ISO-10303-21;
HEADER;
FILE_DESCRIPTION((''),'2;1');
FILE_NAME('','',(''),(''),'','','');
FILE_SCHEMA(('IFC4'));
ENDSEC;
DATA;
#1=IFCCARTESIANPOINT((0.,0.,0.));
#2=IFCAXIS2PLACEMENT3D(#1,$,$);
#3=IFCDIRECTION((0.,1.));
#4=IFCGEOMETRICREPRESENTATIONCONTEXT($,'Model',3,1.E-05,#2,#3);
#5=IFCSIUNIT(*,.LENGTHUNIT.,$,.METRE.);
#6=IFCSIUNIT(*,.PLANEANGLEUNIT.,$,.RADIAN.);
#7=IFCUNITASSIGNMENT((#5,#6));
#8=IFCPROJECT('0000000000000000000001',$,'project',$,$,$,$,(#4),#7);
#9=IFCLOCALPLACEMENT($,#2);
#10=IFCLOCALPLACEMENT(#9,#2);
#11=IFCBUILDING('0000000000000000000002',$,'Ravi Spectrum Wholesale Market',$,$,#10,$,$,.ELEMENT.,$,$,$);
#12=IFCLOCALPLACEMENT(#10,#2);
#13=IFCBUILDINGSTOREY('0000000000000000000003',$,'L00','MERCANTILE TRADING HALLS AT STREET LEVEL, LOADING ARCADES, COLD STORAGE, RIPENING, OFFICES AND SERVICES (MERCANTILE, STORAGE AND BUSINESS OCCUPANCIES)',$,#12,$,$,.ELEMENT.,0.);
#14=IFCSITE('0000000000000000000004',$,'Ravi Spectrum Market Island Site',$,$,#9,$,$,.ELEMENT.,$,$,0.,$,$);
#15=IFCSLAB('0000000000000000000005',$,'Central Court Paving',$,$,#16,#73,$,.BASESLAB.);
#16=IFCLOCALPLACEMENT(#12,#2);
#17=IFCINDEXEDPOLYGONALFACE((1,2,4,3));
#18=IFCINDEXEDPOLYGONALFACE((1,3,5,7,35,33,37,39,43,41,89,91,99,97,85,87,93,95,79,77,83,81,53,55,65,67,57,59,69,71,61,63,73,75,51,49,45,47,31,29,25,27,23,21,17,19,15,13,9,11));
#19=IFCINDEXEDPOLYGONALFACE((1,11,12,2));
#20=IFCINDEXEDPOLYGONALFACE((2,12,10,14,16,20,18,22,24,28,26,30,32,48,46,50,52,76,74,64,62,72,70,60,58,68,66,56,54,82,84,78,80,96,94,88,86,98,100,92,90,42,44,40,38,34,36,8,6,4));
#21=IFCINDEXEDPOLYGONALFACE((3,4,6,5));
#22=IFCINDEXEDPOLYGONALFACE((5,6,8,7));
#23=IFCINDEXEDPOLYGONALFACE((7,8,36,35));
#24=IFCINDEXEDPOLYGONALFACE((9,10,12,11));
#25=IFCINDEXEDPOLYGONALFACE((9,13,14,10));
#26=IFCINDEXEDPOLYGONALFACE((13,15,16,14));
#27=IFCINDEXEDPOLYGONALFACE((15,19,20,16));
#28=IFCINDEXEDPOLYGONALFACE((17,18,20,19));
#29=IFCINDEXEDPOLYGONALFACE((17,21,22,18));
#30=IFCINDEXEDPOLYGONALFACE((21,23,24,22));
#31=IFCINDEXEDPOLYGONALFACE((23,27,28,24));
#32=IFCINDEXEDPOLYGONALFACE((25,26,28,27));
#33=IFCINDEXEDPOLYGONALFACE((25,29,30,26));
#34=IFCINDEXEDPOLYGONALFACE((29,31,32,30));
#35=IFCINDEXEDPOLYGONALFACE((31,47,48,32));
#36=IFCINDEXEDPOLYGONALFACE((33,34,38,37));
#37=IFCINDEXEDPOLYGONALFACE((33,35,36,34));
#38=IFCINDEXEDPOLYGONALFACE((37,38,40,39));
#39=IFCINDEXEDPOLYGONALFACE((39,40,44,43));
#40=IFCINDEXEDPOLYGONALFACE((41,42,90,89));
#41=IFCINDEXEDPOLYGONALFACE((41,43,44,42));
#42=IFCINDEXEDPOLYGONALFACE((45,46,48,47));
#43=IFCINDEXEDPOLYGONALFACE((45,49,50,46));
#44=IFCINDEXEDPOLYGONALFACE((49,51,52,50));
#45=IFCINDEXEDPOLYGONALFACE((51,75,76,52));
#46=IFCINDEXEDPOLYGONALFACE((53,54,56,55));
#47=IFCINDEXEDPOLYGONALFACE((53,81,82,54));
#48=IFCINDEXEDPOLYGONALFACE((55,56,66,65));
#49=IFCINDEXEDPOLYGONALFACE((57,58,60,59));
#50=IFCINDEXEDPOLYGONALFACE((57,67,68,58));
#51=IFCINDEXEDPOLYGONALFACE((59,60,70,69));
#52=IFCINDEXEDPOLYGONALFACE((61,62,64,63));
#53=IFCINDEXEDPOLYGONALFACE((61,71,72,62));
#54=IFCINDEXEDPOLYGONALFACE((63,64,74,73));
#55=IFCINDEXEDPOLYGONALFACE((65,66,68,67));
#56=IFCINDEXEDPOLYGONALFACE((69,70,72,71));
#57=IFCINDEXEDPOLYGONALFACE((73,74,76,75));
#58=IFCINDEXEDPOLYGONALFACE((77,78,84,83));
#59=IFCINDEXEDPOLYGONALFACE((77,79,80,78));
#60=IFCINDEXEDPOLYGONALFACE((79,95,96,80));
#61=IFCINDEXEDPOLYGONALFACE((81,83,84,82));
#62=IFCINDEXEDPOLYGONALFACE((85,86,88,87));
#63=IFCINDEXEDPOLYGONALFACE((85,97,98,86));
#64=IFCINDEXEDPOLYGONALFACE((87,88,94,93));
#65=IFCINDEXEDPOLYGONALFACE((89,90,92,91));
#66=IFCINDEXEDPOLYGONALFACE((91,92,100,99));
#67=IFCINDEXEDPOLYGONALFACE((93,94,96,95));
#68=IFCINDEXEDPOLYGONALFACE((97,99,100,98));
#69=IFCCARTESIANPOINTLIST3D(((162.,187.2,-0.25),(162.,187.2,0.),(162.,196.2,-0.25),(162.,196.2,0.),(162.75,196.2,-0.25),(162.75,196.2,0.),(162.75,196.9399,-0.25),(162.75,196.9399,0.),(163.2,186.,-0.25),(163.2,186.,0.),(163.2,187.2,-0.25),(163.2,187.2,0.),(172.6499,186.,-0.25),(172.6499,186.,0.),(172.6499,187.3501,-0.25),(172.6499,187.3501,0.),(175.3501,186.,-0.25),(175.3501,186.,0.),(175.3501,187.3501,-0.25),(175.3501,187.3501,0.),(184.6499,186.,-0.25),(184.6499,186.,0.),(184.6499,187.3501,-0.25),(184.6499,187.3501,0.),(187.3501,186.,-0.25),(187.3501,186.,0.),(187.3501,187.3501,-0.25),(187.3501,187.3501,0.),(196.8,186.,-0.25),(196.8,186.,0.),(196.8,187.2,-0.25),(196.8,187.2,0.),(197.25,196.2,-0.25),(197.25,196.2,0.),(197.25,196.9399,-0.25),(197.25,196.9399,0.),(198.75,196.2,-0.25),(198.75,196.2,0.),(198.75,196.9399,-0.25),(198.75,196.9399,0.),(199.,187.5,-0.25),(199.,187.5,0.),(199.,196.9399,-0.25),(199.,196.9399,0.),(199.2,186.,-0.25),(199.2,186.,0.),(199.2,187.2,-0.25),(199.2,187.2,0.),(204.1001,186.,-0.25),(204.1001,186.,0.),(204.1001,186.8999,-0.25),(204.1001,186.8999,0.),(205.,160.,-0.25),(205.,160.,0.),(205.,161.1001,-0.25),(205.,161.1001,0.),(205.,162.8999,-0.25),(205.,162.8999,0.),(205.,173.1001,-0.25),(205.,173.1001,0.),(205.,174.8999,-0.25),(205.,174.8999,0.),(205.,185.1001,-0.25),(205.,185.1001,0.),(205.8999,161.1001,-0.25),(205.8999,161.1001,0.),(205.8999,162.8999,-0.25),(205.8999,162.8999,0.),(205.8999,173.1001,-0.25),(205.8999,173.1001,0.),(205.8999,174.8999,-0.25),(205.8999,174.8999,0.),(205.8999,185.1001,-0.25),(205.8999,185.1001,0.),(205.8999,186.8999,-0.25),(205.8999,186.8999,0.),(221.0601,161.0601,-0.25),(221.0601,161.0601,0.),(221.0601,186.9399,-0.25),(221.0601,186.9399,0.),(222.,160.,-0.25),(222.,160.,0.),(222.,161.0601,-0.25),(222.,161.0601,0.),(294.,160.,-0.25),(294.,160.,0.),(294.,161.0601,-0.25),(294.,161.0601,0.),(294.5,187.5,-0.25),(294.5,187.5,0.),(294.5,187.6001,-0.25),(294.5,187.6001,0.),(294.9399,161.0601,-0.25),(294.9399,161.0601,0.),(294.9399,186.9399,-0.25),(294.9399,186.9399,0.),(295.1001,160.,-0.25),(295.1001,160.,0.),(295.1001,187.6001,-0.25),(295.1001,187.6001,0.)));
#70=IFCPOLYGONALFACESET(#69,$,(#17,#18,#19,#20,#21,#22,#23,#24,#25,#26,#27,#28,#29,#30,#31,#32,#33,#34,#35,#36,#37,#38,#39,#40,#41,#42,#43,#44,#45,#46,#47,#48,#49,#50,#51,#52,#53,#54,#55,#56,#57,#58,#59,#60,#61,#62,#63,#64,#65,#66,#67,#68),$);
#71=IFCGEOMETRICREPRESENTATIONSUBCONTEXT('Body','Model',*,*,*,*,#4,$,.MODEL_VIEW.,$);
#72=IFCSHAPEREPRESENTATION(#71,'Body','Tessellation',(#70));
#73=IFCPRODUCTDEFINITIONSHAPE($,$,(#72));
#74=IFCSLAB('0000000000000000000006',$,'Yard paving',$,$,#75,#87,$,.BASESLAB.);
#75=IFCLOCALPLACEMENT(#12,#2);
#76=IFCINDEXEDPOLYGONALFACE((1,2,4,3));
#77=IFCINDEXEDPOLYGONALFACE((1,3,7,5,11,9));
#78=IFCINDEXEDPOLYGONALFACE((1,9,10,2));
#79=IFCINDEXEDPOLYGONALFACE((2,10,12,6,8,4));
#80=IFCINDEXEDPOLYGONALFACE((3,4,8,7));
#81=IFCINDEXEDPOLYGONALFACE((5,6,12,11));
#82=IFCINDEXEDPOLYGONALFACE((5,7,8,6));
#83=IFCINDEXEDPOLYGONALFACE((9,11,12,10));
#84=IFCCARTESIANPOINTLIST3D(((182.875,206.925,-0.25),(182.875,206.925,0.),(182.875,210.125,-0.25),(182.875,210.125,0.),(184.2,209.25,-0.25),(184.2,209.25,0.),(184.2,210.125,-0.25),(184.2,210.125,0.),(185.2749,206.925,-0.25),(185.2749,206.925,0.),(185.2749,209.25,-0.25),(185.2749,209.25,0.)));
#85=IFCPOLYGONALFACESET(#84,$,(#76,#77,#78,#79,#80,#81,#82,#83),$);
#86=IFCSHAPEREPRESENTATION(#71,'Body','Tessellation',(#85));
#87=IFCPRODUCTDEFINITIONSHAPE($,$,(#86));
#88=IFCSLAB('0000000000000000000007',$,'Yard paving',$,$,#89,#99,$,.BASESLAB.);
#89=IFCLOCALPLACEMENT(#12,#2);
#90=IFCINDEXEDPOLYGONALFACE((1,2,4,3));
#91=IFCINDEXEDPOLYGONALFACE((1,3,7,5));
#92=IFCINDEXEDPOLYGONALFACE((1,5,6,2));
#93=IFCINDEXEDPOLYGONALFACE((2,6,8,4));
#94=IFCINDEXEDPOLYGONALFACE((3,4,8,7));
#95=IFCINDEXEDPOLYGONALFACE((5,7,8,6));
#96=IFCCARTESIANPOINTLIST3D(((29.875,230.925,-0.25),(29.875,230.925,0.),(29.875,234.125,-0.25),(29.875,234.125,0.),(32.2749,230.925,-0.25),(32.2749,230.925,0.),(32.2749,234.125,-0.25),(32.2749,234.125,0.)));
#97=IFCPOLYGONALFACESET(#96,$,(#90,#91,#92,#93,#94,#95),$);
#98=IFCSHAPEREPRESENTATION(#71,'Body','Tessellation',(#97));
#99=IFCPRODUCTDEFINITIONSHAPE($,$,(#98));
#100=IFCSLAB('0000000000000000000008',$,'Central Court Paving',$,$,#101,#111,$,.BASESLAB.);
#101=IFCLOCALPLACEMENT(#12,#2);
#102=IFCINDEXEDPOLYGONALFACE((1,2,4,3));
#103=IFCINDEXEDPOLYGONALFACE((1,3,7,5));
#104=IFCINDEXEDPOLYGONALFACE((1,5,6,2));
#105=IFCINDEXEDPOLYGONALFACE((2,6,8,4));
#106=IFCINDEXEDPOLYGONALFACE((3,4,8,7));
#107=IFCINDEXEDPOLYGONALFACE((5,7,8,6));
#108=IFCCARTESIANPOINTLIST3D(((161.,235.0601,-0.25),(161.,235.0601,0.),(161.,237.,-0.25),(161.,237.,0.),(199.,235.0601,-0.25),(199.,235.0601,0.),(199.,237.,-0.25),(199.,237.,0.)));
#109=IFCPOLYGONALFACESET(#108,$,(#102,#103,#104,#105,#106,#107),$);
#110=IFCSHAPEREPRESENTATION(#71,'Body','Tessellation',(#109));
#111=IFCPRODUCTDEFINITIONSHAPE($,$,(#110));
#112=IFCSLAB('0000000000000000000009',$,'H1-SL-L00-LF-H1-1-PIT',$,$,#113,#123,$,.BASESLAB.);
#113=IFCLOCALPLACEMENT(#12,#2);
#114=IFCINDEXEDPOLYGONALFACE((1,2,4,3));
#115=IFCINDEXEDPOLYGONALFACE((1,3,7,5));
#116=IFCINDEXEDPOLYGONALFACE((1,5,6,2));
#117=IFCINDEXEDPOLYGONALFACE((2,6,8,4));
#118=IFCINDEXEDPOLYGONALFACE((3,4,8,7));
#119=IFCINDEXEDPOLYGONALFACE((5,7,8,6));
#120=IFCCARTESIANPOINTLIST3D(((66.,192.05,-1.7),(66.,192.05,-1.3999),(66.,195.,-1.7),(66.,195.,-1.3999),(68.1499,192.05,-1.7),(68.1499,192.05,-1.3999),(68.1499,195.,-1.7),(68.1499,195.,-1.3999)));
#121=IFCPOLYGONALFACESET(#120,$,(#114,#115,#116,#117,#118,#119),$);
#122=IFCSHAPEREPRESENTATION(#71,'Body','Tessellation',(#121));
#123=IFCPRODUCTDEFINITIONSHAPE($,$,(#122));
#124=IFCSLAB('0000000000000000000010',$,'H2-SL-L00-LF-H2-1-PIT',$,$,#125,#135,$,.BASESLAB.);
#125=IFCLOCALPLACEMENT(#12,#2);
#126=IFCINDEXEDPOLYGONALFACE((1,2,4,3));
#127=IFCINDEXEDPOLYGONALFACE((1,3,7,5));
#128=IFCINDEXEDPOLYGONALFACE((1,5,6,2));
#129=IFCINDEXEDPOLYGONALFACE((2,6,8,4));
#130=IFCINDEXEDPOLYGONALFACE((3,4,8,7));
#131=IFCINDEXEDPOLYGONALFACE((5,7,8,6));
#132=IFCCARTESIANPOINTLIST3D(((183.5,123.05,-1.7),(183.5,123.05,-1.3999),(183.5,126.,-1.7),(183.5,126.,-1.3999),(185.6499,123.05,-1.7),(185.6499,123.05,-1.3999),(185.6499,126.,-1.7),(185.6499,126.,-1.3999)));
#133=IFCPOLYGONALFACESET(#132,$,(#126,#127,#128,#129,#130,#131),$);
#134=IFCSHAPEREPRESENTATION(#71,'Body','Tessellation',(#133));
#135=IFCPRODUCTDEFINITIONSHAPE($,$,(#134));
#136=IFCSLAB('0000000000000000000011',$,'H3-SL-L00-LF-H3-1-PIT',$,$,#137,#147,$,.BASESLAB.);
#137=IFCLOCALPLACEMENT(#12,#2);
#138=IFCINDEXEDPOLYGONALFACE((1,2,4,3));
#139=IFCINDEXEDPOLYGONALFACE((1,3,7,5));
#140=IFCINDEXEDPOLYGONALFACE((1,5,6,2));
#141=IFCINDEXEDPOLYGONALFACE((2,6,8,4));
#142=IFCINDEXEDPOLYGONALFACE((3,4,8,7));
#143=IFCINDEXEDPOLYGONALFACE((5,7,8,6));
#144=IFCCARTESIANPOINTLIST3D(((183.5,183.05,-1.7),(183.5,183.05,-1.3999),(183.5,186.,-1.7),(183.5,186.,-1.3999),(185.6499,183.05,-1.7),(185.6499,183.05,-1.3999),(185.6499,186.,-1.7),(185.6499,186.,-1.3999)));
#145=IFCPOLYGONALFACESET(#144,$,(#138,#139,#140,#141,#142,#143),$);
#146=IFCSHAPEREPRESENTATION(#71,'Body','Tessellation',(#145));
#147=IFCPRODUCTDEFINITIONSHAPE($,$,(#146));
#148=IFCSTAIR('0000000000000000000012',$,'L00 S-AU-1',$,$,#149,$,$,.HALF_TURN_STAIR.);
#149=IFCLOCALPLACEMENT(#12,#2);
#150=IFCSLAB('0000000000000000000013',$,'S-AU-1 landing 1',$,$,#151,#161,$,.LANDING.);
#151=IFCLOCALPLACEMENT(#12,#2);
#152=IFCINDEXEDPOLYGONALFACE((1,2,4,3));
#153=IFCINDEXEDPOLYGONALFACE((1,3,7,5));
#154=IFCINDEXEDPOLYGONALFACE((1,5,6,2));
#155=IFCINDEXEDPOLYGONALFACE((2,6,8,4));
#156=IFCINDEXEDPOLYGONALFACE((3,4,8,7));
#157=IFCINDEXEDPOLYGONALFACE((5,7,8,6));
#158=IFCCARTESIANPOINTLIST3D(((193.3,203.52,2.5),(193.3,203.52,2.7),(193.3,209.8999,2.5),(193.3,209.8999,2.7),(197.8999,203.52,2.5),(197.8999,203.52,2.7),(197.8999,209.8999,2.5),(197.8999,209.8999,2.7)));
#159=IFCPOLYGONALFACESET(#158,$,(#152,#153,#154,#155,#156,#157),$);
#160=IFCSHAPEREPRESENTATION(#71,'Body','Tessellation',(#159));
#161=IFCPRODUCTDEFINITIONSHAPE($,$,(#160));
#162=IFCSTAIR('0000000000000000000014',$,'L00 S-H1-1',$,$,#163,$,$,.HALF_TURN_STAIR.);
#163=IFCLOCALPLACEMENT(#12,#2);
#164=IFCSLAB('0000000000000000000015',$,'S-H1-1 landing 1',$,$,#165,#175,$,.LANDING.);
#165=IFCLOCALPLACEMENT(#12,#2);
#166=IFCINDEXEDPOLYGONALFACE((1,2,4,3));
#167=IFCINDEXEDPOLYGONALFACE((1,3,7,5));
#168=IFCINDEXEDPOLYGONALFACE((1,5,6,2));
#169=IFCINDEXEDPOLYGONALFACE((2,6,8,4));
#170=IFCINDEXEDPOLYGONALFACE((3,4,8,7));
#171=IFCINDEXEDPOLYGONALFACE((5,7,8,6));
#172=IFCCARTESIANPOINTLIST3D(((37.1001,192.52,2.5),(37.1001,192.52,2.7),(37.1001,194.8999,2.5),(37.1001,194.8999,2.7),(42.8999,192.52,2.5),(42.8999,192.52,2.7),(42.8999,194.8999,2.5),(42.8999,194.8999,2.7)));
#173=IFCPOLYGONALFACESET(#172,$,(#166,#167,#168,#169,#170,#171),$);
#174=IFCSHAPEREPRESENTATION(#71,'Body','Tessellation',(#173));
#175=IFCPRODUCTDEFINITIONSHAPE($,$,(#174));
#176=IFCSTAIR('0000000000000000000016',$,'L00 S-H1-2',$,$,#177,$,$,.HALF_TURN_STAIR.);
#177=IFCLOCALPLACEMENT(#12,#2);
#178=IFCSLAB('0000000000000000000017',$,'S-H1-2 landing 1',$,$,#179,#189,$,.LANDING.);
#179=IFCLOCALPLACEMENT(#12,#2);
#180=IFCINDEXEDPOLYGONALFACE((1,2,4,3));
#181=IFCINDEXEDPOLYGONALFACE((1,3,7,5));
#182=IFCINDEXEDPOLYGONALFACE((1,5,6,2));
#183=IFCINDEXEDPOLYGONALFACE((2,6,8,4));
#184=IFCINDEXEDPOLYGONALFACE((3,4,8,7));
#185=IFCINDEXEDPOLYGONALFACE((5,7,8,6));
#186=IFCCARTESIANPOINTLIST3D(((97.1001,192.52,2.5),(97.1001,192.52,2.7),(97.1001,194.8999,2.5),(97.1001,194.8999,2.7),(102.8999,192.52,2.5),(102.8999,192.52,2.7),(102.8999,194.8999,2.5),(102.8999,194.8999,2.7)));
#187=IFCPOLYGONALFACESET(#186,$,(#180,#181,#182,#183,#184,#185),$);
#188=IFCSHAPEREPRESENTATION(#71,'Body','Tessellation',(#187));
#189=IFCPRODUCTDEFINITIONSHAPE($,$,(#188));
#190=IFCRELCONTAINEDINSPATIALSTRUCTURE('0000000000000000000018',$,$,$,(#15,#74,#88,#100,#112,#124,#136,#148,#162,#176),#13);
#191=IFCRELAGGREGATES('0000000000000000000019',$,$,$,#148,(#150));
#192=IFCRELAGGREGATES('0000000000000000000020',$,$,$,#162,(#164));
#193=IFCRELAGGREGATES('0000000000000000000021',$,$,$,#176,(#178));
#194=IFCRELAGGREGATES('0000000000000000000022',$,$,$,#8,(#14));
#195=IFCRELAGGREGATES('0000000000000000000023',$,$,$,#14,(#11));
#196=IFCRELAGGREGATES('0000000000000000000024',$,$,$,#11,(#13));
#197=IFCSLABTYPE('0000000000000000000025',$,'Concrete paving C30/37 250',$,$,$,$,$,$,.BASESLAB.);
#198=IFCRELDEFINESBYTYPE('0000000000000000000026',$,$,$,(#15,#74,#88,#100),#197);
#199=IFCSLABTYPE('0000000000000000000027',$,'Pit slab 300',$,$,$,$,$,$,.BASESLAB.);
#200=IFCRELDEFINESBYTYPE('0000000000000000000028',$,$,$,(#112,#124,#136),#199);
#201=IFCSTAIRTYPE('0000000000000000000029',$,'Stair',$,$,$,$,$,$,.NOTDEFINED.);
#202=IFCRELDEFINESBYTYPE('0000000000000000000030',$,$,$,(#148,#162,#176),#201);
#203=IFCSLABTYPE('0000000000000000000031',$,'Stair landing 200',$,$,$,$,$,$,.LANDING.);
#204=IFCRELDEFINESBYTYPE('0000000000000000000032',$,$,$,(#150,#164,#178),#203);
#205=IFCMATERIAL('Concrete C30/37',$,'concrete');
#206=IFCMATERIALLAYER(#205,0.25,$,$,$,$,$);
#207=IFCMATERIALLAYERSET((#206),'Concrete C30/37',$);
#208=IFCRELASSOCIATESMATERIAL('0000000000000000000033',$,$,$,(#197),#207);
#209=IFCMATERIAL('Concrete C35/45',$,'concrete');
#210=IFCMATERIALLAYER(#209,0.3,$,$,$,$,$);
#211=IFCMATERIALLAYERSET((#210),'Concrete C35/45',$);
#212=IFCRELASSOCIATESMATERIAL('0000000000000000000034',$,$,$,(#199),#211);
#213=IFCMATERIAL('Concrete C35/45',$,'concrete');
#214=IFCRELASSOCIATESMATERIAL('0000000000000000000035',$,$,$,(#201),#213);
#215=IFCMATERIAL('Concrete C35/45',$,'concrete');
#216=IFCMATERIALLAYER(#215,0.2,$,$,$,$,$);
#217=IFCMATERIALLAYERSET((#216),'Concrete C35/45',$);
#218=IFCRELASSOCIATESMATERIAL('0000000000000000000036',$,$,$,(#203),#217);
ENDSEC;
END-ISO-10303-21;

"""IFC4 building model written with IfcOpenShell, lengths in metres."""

from ifc_helpers import new_model, si_unit, direction, frame, origin, place, context, subcontext, project, spatial, polyline, outline, extrude, material, layer, layer_set, type_object, element, aggregate, save


model = new_model("IFC4")

# Units and contexts
model_context = context("Model", 3, precision=1e-05, world=origin(), true_north=direction((0.0, 1.0)))
body_context = subcontext(model_context, "Body", "Model", "MODEL_VIEW")
ifc_project = project(units=[si_unit("LENGTHUNIT", "METRE"), si_unit("PLANEANGLEUNIT", "RADIAN")], contexts=[model_context])

# Site, building, storey
site_placement = place(None, origin())
site = spatial("IfcSite", under=ifc_project, at=site_placement, Name="Ravi Spectrum Market Island Site", CompositionType="ELEMENT", RefElevation=0.0)
building_placement = place(site_placement, origin())
building = spatial("IfcBuilding", under=site, at=building_placement, Name="Ravi Spectrum Wholesale Market", CompositionType="ELEMENT")
storey_placement = place(building_placement, origin())
storey = spatial("IfcBuildingStorey", under=building, at=storey_placement, Name="L00", Description="MERCANTILE TRADING HALLS AT STREET LEVEL, LOADING ARCADES, COLD STORAGE, RIPENING, OFFICES AND SERVICES (MERCANTILE, STORAGE AND BUSINESS OCCUPANCIES)", CompositionType="ELEMENT", Elevation=0.0)

# Slabs
ifc_material_1 = material(Name="Concrete C30/37", Category="concrete")
ifc_layer_1 = layer(ifc_material_1, 0.25)
ifc_layer_set_1 = layer_set([ifc_layer_1], Name="Concrete C30/37")
slab_type_1 = type_object("IfcSlabType", Name="Concrete paving C30/37 250", PredefinedType="BASESLAB", material=ifc_layer_set_1)
slab_1_placement = place(storey_placement, frame((0.0, 0.0, -0.25)))
element("IfcSlab", 1, at=slab_1_placement, inside=storey, type_object=slab_type_1, Name="Central Court Paving", PredefinedType="BASESLAB", context=body_context, shape_type="SweptSolid", body=[
    extrude(outline(polyline([(205.8999, 162.8999), (205.8999, 161.1001), (205.0, 161.1001), (205.0, 160.0), (222.0, 160.0), (222.0, 161.0601), (221.0601, 161.0601), (221.0601, 186.9399), (294.9399, 186.9399), (294.9399, 161.0601), (294.0, 161.0601), (294.0, 160.0), (295.1001, 160.0), (295.1001, 187.6001), (294.5, 187.6001), (294.5, 187.5), (199.0, 187.5), (199.0, 196.9399), (198.75, 196.9399), (198.75, 196.2), (197.25, 196.2), (197.25, 196.9399), (162.75, 196.9399), (162.75, 196.2), (162.0, 196.2), (162.0, 187.2), (163.2, 187.2), (163.2, 186.0), (172.6499, 186.0), (172.6499, 187.3501), (175.3501, 187.3501), (175.3501, 186.0), (184.6499, 186.0), (184.6499, 187.3501), (187.3501, 187.3501), (187.3501, 186.0), (196.8, 186.0), (196.8, 187.2), (199.2, 187.2), (199.2, 186.0), (204.1001, 186.0), (204.1001, 186.8999), (205.8999, 186.8999), (205.8999, 185.1001), (205.0, 185.1001), (205.0, 174.8999), (205.8999, 174.8999), (205.8999, 173.1001), (205.0, 173.1001), (205.0, 162.8999), (205.8999, 162.8999)])), origin(), (0.0, 0.0, 1.0), 0.25),
])
slab_2_placement = place(storey_placement, frame((0.0, 0.0, -0.25)))
element("IfcSlab", 2, at=slab_2_placement, inside=storey, type_object=slab_type_1, Name="Yard paving", PredefinedType="BASESLAB", context=body_context, shape_type="SweptSolid", body=[
    extrude(outline(polyline([(185.2749, 209.25), (184.2, 209.25), (184.2, 210.125), (182.875, 210.125), (182.875, 206.925), (185.2749, 206.925), (185.2749, 209.25)])), origin(), (0.0, 0.0, 1.0), 0.25),
])
slab_3_placement = place(storey_placement, frame((0.0, 0.0, -0.25)))
element("IfcSlab", 3, at=slab_3_placement, inside=storey, type_object=slab_type_1, Name="Yard paving", PredefinedType="BASESLAB", context=body_context, shape_type="SweptSolid", body=[
    extrude(outline(polyline([(29.875, 234.125), (29.875, 230.925), (32.2749, 230.925), (32.2749, 234.125), (29.875, 234.125)])), origin(), (0.0, 0.0, 1.0), 0.25),
])
slab_4_placement = place(storey_placement, frame((0.0, 0.0, -0.25)))
element("IfcSlab", 4, at=slab_4_placement, inside=storey, type_object=slab_type_1, Name="Central Court Paving", PredefinedType="BASESLAB", context=body_context, shape_type="SweptSolid", body=[
    extrude(outline(polyline([(161.0, 237.0), (161.0, 235.0601), (199.0, 235.0601), (199.0, 237.0), (161.0, 237.0)])), origin(), (0.0, 0.0, 1.0), 0.25),
])
ifc_material_2 = material(Name="Concrete C35/45", Category="concrete")
ifc_layer_2 = layer(ifc_material_2, 0.3)
ifc_layer_set_2 = layer_set([ifc_layer_2], Name="Concrete C35/45")
slab_type_2 = type_object("IfcSlabType", Name="Pit slab 300", PredefinedType="BASESLAB", material=ifc_layer_set_2)
slab_5_placement = place(storey_placement, frame((0.0, 0.0, -1.7)))
element("IfcSlab", 5, at=slab_5_placement, inside=storey, type_object=slab_type_2, Name="H1-SL-L00-LF-H1-1-PIT", PredefinedType="BASESLAB", context=body_context, shape_type="SweptSolid", body=[
    extrude(outline(polyline([(66.0, 192.05), (68.1499, 192.05), (68.1499, 195.0), (66.0, 195.0), (66.0, 192.05)])), origin(), (0.0, 0.0, 1.0), 0.3),
])
slab_6_placement = place(storey_placement, frame((0.0, 0.0, -1.7)))
element("IfcSlab", 6, at=slab_6_placement, inside=storey, type_object=slab_type_2, Name="H2-SL-L00-LF-H2-1-PIT", PredefinedType="BASESLAB", context=body_context, shape_type="SweptSolid", body=[
    extrude(outline(polyline([(183.5, 123.05), (185.6499, 123.05), (185.6499, 126.0), (183.5, 126.0), (183.5, 123.05)])), origin(), (0.0, 0.0, 1.0), 0.3),
])
slab_7_placement = place(storey_placement, frame((0.0, 0.0, -1.7)))
element("IfcSlab", 7, at=slab_7_placement, inside=storey, type_object=slab_type_2, Name="H3-SL-L00-LF-H3-1-PIT", PredefinedType="BASESLAB", context=body_context, shape_type="SweptSolid", body=[
    extrude(outline(polyline([(183.5, 183.05), (185.6499, 183.05), (185.6499, 186.0), (183.5, 186.0), (183.5, 183.05)])), origin(), (0.0, 0.0, 1.0), 0.3),
])

# Stairs, slabs
ifc_material_3 = material(Name="Concrete C35/45", Category="concrete")
stair_type = type_object("IfcStairType", Name="Stair", PredefinedType="NOTDEFINED", material=ifc_material_3)
stair_1_placement = place(storey_placement, origin())
stair_1 = element("IfcStair", 8, at=stair_1_placement, inside=storey, type_object=stair_type, Name="L00 S-AU-1", PredefinedType="HALF_TURN_STAIR")
ifc_material_4 = material(Name="Concrete C35/45", Category="concrete")
ifc_layer_3 = layer(ifc_material_4, 0.2)
ifc_layer_set_3 = layer_set([ifc_layer_3], Name="Concrete C35/45")
slab_type_3 = type_object("IfcSlabType", Name="Stair landing 200", PredefinedType="LANDING", material=ifc_layer_set_3)
slab_8_placement = place(storey_placement, frame((0.0, 0.0, 2.5)))
slab_8 = element("IfcSlab", 9, at=slab_8_placement, type_object=slab_type_3, Name="S-AU-1 landing 1", PredefinedType="LANDING", context=body_context, shape_type="SweptSolid", body=[
    extrude(outline(polyline([(197.8999, 203.52), (197.8999, 209.8999), (193.3, 209.8999), (193.3, 203.52), (197.8999, 203.52)])), origin(), (0.0, 0.0, 1.0), 0.2),
])
aggregate(stair_1, [slab_8])
stair_2_placement = place(storey_placement, origin())
stair_2 = element("IfcStair", 10, at=stair_2_placement, inside=storey, type_object=stair_type, Name="L00 S-H1-1", PredefinedType="HALF_TURN_STAIR")
slab_9_placement = place(storey_placement, frame((0.0, 0.0, 2.5)))
slab_9 = element("IfcSlab", 11, at=slab_9_placement, type_object=slab_type_3, Name="S-H1-1 landing 1", PredefinedType="LANDING", context=body_context, shape_type="SweptSolid", body=[
    extrude(outline(polyline([(42.8999, 192.52), (42.8999, 194.8999), (37.1001, 194.8999), (37.1001, 192.52), (42.8999, 192.52)])), origin(), (0.0, 0.0, 1.0), 0.2),
])
aggregate(stair_2, [slab_9])
stair_3_placement = place(storey_placement, origin())
stair_3 = element("IfcStair", 12, at=stair_3_placement, inside=storey, type_object=stair_type, Name="L00 S-H1-2", PredefinedType="HALF_TURN_STAIR")
slab_10_placement = place(storey_placement, frame((0.0, 0.0, 2.5)))
slab_10 = element("IfcSlab", 13, at=slab_10_placement, type_object=slab_type_3, Name="S-H1-2 landing 1", PredefinedType="LANDING", context=body_context, shape_type="SweptSolid", body=[
    extrude(outline(polyline([(102.8999, 192.52), (102.8999, 194.8999), (97.1001, 194.8999), (97.1001, 192.52), (102.8999, 192.52)])), origin(), (0.0, 0.0, 1.0), 0.2),
])
aggregate(stair_3, [slab_10])

save(model, "model.ifc")
